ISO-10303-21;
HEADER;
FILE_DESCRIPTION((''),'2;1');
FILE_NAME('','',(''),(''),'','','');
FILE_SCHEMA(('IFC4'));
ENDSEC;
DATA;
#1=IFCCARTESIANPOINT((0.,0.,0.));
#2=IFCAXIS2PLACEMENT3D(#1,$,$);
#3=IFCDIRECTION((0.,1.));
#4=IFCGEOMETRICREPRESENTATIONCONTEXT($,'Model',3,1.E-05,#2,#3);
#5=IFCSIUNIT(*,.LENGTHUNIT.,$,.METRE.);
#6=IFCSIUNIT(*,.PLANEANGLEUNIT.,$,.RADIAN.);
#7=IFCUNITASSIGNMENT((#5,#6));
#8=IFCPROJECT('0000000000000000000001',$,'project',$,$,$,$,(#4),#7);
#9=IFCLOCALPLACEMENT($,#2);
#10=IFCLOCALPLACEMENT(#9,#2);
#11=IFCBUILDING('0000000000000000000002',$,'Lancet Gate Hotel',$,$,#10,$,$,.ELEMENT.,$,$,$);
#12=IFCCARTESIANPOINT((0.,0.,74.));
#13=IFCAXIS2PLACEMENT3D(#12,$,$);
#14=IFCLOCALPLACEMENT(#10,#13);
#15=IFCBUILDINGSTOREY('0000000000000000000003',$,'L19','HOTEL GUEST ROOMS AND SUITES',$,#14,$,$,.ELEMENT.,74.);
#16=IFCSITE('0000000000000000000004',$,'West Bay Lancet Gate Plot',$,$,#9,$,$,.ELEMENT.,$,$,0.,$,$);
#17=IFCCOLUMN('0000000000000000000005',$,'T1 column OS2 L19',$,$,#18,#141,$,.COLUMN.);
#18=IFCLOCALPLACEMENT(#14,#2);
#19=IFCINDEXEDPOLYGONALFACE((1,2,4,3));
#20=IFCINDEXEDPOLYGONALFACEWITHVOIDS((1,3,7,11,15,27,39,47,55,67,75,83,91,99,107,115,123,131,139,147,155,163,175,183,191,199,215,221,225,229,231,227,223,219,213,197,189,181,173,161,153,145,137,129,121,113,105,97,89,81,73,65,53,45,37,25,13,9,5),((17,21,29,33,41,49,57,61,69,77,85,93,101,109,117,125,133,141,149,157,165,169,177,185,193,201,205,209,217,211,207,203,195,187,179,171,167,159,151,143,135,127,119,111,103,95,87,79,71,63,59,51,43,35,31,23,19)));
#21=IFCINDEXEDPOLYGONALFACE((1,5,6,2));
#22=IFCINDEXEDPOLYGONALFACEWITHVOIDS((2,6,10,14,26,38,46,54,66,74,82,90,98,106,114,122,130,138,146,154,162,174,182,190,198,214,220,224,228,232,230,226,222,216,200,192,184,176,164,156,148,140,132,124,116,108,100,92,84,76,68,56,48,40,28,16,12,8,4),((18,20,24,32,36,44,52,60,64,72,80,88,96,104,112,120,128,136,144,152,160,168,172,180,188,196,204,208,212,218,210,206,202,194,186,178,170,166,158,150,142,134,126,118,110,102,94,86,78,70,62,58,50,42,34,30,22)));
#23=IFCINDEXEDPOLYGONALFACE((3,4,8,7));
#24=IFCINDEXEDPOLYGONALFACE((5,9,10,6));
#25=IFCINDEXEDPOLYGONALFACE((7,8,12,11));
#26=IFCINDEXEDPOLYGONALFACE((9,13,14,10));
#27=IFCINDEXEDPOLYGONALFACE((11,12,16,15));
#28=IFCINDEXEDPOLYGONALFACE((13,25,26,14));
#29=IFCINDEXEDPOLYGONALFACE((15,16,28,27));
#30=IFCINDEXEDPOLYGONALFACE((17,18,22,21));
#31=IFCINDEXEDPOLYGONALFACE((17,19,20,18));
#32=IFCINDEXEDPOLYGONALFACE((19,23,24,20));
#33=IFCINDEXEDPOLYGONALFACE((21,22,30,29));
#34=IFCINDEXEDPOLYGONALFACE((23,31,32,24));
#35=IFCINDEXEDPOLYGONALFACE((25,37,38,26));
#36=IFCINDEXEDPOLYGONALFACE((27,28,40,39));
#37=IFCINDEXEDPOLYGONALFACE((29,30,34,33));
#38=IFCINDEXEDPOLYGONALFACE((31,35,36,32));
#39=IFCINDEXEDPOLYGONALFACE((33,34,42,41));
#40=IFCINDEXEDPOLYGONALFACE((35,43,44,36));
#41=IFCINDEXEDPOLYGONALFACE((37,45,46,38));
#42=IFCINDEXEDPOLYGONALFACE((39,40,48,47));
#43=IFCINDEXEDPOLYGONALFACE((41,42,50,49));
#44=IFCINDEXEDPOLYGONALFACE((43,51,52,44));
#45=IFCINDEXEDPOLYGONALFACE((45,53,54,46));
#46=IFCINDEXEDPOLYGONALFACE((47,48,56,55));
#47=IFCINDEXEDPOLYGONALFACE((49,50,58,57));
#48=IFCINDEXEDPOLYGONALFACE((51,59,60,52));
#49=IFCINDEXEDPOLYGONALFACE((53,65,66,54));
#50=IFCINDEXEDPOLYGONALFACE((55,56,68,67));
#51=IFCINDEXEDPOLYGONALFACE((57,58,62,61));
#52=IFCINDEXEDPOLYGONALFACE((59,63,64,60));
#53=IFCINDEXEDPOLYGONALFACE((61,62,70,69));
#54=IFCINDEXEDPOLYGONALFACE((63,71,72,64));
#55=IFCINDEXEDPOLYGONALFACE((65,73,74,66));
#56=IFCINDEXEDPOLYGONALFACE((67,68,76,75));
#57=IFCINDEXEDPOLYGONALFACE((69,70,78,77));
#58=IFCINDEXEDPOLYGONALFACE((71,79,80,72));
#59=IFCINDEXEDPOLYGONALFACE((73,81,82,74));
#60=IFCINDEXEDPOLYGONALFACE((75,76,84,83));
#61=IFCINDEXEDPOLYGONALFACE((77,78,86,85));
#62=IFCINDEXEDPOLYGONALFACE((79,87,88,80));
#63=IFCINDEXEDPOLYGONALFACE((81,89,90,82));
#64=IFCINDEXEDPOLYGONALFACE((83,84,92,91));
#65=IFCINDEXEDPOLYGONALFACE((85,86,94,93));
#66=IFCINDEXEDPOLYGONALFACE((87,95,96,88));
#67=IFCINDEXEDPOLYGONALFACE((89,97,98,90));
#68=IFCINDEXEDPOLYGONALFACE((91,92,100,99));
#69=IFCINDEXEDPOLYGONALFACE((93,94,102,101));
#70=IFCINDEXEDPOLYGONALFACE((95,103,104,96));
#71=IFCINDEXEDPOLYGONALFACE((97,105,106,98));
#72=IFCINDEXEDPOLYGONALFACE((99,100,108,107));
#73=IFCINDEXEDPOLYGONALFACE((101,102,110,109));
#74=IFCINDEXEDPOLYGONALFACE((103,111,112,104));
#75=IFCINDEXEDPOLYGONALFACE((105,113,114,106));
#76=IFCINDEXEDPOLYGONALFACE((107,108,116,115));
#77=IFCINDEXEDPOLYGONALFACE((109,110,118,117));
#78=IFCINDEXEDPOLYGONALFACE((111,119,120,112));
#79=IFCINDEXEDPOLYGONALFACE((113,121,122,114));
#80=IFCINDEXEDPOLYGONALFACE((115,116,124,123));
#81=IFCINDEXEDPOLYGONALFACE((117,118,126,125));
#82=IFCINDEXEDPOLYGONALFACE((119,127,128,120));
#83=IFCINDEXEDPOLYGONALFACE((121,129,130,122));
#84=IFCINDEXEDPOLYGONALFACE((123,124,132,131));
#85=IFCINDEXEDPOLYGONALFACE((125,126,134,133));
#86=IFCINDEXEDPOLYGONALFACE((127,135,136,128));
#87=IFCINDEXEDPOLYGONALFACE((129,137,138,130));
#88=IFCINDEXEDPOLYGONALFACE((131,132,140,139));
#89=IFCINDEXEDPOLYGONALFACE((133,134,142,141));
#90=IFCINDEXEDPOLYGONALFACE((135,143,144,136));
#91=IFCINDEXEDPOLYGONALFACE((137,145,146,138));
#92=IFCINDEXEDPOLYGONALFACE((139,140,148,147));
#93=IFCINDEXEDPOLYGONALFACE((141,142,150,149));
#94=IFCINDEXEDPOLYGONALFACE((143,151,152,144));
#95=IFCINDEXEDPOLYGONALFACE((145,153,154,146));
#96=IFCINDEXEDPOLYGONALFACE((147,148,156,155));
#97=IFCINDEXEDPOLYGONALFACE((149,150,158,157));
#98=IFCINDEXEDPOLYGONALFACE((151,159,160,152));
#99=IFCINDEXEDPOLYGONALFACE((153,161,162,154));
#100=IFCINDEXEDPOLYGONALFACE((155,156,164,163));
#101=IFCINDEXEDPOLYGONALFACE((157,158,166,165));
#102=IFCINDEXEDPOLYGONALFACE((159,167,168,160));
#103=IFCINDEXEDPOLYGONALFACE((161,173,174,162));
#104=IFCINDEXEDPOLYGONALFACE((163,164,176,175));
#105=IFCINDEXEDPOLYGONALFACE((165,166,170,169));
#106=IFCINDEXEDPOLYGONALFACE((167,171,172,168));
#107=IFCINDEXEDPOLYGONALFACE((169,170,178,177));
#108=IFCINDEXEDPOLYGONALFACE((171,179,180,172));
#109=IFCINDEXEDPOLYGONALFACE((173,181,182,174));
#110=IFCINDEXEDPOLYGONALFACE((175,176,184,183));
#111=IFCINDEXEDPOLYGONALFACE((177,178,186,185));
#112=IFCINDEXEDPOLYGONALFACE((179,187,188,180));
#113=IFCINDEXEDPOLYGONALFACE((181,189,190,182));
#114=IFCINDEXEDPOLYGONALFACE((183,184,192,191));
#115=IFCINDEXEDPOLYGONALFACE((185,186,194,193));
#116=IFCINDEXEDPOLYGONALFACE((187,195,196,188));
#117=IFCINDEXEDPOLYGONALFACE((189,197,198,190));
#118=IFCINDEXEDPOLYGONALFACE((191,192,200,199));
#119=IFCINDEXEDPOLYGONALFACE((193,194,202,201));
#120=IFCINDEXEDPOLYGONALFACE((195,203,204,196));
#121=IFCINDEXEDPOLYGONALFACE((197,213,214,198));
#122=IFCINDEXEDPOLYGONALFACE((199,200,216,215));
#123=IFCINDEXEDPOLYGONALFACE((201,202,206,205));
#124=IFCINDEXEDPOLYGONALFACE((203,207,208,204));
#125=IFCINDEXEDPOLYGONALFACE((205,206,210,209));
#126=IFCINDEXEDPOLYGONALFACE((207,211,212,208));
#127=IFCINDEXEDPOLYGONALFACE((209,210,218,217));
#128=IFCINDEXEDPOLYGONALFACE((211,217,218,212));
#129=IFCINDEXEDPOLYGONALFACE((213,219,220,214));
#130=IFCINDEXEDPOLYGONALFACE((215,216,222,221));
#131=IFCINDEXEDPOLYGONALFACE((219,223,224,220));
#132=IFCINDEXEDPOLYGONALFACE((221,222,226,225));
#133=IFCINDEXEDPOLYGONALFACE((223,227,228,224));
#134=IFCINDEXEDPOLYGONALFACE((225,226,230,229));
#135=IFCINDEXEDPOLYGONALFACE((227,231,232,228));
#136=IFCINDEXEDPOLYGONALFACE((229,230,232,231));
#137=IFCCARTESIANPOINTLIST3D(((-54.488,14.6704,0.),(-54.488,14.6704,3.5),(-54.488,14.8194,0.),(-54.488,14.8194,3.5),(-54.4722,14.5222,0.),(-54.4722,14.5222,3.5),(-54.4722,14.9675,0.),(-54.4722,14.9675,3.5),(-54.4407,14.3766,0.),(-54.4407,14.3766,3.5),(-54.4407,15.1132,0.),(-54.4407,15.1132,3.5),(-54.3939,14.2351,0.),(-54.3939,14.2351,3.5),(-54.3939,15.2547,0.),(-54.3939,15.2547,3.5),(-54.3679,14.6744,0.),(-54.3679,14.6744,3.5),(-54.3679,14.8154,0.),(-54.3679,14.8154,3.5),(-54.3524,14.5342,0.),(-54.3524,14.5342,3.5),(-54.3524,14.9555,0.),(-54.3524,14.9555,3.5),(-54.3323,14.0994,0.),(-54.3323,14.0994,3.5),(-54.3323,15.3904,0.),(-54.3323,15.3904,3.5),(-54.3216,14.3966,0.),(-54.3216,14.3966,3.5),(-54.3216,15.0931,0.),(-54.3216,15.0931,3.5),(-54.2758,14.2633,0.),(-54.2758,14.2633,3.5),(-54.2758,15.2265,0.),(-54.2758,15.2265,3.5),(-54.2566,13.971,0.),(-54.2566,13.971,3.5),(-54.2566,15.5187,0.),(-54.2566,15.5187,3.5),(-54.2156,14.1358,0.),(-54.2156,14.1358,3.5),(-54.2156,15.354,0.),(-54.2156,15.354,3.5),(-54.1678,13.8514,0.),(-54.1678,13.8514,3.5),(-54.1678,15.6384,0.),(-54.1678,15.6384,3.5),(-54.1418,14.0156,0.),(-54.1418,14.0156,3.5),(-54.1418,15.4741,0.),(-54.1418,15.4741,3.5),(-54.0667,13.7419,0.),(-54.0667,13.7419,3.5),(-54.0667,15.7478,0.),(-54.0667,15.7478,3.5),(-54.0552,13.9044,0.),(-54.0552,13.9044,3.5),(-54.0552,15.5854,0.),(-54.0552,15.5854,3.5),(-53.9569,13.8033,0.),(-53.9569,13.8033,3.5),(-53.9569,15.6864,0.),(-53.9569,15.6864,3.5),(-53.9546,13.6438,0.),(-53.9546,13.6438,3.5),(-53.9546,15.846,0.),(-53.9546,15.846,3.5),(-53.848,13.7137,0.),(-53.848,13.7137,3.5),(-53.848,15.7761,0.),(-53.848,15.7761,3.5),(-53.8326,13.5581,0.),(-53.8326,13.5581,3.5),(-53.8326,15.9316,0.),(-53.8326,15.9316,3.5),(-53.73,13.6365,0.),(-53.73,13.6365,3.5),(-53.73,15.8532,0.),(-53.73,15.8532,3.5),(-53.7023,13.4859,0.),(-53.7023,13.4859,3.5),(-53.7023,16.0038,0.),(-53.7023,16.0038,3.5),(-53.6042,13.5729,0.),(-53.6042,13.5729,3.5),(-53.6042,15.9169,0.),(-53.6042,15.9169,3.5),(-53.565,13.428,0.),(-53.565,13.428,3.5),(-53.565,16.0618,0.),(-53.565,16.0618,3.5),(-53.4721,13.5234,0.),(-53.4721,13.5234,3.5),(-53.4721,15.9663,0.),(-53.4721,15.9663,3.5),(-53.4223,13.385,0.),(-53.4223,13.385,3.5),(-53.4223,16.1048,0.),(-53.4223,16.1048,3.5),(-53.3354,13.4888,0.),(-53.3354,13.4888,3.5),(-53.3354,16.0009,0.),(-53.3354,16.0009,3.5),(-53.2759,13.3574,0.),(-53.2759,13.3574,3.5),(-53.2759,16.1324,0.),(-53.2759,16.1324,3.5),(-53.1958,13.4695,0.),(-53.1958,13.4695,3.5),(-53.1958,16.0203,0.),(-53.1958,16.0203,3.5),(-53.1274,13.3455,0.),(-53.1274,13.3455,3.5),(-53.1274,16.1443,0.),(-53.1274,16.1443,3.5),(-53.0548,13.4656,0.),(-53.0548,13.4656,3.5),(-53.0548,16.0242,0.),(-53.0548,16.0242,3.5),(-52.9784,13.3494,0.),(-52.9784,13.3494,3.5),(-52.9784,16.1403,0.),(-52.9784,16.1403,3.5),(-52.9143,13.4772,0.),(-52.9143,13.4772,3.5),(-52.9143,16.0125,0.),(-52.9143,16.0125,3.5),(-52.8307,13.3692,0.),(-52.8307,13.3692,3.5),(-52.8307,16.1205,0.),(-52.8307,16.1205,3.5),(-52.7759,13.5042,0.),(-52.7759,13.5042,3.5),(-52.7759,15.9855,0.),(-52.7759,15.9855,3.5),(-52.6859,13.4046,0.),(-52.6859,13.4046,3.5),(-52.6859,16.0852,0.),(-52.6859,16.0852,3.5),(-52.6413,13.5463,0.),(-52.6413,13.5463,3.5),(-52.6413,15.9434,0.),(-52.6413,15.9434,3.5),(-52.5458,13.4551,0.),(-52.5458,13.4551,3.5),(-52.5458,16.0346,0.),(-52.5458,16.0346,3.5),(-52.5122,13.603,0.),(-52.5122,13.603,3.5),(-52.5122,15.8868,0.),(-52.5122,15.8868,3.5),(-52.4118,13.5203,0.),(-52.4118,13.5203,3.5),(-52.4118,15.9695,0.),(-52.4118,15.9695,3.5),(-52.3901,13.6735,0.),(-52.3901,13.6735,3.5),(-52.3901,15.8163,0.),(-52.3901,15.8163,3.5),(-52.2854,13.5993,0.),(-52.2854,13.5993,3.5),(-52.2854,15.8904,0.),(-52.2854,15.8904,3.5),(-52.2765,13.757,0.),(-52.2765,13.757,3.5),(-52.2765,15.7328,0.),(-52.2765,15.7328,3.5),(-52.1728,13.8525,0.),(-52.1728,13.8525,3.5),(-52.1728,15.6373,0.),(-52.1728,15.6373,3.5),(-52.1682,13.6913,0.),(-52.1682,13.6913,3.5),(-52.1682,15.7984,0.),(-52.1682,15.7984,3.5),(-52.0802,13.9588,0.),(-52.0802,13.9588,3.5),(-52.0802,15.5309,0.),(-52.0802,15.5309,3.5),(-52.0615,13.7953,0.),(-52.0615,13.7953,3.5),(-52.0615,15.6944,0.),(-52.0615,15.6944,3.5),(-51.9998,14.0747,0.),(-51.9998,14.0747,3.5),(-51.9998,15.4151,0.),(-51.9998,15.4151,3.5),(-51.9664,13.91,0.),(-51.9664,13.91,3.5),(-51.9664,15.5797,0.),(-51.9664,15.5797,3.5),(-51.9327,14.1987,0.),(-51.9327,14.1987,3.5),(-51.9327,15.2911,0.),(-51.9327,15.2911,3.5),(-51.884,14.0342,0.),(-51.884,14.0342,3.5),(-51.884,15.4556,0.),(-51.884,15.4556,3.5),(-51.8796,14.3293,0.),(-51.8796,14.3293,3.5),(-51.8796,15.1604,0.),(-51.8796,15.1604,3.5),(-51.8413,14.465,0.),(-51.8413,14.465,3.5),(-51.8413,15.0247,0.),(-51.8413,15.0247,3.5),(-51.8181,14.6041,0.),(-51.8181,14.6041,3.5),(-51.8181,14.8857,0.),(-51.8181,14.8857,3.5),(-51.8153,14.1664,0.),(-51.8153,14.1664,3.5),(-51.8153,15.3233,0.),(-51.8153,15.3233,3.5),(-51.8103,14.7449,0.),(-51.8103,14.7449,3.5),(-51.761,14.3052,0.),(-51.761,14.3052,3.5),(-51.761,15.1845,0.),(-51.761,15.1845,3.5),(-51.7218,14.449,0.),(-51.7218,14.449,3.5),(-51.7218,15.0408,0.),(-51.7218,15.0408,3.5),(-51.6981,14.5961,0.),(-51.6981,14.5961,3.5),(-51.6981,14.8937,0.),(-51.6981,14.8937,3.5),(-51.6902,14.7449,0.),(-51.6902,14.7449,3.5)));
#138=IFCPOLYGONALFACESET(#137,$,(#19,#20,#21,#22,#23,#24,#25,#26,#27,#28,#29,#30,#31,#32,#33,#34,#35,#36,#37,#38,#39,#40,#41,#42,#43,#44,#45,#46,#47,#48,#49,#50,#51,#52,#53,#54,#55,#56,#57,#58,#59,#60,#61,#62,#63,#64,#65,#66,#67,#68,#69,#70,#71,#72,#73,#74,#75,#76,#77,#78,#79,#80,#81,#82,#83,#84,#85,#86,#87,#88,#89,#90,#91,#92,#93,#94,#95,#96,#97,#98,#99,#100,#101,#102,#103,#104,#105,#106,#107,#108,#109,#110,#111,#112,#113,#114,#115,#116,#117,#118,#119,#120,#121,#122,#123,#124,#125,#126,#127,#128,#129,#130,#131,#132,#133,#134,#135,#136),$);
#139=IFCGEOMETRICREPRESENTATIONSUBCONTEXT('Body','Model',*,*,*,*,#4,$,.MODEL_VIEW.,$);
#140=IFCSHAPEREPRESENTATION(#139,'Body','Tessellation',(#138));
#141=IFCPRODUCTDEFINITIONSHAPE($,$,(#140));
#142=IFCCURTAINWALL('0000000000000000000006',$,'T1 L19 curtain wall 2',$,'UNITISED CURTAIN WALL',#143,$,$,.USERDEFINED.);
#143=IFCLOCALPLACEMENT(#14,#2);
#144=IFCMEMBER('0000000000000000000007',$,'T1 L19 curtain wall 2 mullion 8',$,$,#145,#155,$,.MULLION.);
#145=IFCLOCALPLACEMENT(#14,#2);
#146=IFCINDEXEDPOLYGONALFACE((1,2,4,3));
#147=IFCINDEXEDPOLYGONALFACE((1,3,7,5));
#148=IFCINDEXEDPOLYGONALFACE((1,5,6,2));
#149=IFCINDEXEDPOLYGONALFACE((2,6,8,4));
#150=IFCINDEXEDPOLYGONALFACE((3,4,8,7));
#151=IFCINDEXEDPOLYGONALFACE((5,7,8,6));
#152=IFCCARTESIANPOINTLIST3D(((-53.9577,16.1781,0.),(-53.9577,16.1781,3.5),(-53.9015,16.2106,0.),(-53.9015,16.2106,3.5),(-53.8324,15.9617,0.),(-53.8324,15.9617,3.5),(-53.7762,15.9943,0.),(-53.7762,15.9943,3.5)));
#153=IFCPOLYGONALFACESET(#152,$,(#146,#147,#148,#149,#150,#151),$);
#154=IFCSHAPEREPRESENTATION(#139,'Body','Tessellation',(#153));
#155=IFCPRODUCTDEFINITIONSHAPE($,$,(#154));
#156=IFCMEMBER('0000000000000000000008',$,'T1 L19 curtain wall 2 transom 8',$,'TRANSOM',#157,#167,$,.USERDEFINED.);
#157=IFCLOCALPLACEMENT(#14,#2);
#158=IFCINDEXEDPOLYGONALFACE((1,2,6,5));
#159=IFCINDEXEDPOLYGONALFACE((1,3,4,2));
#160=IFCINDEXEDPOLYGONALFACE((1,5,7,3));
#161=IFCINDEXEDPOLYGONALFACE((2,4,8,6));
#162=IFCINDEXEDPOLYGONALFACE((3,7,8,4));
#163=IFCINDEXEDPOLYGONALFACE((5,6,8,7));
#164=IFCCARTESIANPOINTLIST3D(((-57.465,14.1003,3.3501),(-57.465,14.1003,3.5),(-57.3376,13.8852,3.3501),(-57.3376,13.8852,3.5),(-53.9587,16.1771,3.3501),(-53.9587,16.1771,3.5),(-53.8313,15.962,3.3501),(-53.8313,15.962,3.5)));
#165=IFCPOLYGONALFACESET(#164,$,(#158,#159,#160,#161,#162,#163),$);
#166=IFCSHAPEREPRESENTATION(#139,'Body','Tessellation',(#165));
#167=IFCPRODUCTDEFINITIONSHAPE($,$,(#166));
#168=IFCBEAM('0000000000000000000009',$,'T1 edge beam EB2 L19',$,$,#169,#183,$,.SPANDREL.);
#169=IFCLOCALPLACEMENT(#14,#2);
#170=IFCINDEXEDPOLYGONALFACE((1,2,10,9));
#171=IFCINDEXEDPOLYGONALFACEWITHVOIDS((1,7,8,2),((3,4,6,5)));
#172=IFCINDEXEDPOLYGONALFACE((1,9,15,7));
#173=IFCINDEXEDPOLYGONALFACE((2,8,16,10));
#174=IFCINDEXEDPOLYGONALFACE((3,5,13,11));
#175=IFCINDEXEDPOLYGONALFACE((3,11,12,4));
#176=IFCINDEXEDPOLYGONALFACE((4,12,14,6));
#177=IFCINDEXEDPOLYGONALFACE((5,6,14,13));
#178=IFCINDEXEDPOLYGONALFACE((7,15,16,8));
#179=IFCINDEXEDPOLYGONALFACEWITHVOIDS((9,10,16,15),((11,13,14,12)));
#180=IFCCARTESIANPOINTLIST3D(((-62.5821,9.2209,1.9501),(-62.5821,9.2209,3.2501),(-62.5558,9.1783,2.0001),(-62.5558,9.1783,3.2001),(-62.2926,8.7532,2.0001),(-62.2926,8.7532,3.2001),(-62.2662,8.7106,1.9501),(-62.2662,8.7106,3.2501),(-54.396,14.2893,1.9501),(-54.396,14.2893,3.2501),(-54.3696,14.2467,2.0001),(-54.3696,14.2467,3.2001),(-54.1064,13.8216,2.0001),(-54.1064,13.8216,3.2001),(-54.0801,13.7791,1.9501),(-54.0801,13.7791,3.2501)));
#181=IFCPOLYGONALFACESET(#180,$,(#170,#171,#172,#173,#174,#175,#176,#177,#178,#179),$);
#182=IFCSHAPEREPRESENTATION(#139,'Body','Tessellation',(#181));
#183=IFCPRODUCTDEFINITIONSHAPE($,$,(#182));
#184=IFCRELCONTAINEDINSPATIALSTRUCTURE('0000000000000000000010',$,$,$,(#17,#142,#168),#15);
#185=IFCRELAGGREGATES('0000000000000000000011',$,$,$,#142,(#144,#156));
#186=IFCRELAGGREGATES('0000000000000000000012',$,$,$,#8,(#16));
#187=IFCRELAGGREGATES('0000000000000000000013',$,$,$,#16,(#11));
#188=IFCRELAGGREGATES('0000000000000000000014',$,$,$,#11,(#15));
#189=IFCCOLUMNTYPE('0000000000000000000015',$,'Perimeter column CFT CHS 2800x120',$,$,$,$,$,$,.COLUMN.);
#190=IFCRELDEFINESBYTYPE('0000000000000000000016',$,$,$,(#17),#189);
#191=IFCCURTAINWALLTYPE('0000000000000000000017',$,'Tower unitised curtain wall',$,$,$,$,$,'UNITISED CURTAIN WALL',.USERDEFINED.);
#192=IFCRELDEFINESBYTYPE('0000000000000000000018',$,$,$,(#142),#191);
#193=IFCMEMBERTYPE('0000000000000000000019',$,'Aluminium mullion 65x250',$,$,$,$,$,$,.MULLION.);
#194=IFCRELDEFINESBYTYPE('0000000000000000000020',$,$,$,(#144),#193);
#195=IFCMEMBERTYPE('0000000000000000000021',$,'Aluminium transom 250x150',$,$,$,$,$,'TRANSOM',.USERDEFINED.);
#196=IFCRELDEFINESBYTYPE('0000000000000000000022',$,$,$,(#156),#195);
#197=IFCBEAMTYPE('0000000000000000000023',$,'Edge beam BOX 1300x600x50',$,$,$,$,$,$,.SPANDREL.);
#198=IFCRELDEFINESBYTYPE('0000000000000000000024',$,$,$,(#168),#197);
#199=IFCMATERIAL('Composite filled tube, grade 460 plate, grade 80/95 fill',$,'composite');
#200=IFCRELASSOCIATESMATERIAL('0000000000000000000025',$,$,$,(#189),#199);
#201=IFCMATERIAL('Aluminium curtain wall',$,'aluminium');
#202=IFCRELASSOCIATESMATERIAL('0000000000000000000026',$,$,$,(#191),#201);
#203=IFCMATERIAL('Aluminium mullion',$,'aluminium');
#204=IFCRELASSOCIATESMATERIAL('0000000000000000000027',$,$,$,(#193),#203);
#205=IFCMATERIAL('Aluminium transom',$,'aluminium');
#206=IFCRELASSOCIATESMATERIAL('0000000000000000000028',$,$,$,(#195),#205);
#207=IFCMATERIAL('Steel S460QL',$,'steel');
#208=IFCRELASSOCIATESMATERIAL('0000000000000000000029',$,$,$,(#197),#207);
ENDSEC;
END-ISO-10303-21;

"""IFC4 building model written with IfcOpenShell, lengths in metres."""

from ifc_helpers import new_model, si_unit, direction, frame, origin, origin_2d, place, context, subcontext, project, spatial, rectangle, hollow_rectangle, hollow_circle, extrude, material, material_profile, profile_set, type_object, element, aggregate, save


model = new_model("IFC4")

# Units and contexts
model_context = context("Model", 3, precision=1e-05, world=origin(), true_north=direction((0.0, 1.0)))
body_context = subcontext(model_context, "Body", "Model", "MODEL_VIEW")
ifc_project = project(units=[si_unit("LENGTHUNIT", "METRE"), si_unit("PLANEANGLEUNIT", "RADIAN")], contexts=[model_context])

# Site, building, storey
site_placement = place(None, origin())
site = spatial("IfcSite", under=ifc_project, at=site_placement, Name="West Bay Lancet Gate Plot", CompositionType="ELEMENT", RefElevation=0.0)
building_placement = place(site_placement, origin())
building = spatial("IfcBuilding", under=site, at=building_placement, Name="Lancet Gate Hotel", CompositionType="ELEMENT")
storey_placement = place(building_placement, frame((0.0, 0.0, 74.0)))
storey = spatial("IfcBuildingStorey", under=building, at=storey_placement, Name="L19", Description="HOTEL GUEST ROOMS AND SUITES", CompositionType="ELEMENT", Elevation=74.0)

# Column
ifc_material_1 = material(Name="Composite filled tube, grade 460 plate, grade 80/95 fill", Category="composite")
ifc_material_profile_1 = material_profile(ifc_material_1, hollow_circle(Radius=1.3999, WallThickness=0.1201, at=origin_2d()), Name="CHS 2800x120")
ifc_profile_set_1 = profile_set([ifc_material_profile_1], Name="Composite filled tube, grade 460 plate, grade 80/95 fill")
column_type = type_object("IfcColumnType", Name="Perimeter column CFT CHS 2800x120", PredefinedType="COLUMN", material=ifc_profile_set_1)
column_placement = place(storey_placement, frame((-53.0901, 14.7449, 0.0), z_axis=(0.0, 0.0, 1.0), x_axis=(1.0, 0.0, 0.0)))
element("IfcColumn", 1, at=column_placement, inside=storey, type_object=column_type, Name="T1 column OS2 L19", PredefinedType="COLUMN", context=body_context, shape_type="SweptSolid", body=[
    extrude(hollow_circle(Radius=1.3999, WallThickness=0.1201, at=origin_2d()), origin(), (0.0, 0.0, 1.0), 3.5),
])

# Curtain wall, members
ifc_material_2 = material(Name="Aluminium curtain wall", Category="aluminium")
curtain_wall_type = type_object("IfcCurtainWallType", Name="Tower unitised curtain wall", ElementType="UNITISED CURTAIN WALL", PredefinedType="USERDEFINED", material=ifc_material_2)
curtain_wall_placement = place(storey_placement, origin())
curtain_wall = element("IfcCurtainWall", 2, at=curtain_wall_placement, inside=storey, type_object=curtain_wall_type, Name="T1 L19 curtain wall 2", ObjectType="UNITISED CURTAIN WALL", PredefinedType="USERDEFINED")
ifc_material_3 = material(Name="Aluminium mullion", Category="aluminium")
ifc_material_profile_2 = material_profile(ifc_material_3, rectangle(XDim=0.0649, YDim=0.25, at=origin_2d()), Name="MULLION 65x250")
ifc_profile_set_2 = profile_set([ifc_material_profile_2], Name="Aluminium mullion")
member_type_1 = type_object("IfcMemberType", Name="Aluminium mullion 65x250", PredefinedType="MULLION", material=ifc_profile_set_2)
member_1_placement = place(storey_placement, frame((-53.8669, 16.0862, 0.0), z_axis=(0.0, 0.0, 1.0), x_axis=(-0.865335, -0.501194, 0.0)))
member_1 = element("IfcMember", 3, at=member_1_placement, type_object=member_type_1, Name="T1 L19 curtain wall 2 mullion 8", PredefinedType="MULLION", context=body_context, shape_type="SweptSolid", body=[
    extrude(rectangle(XDim=0.0649, YDim=0.25, at=origin_2d()), origin(), (0.0, 0.0, 1.0), 3.5),
])
ifc_material_4 = material(Name="Aluminium transom", Category="aluminium")
ifc_material_profile_3 = material_profile(ifc_material_4, rectangle(XDim=0.25, YDim=0.1499, at=origin_2d()), Name="TRANSOM 250x150")
ifc_profile_set_3 = profile_set([ifc_material_profile_3], Name="Aluminium transom")
member_type_2 = type_object("IfcMemberType", Name="Aluminium transom 250x150", ElementType="TRANSOM", PredefinedType="USERDEFINED", material=ifc_profile_set_3)
member_2_placement = place(storey_placement, frame((-53.895, 16.0696, 3.425), z_axis=(-0.860392, -0.509633, 0.0), x_axis=(0.509633, -0.860392, 0.0)))
member_2 = element("IfcMember", 4, at=member_2_placement, type_object=member_type_2, Name="T1 L19 curtain wall 2 transom 8", ObjectType="TRANSOM", PredefinedType="USERDEFINED", context=body_context, shape_type="SweptSolid", body=[
    extrude(rectangle(XDim=0.25, YDim=0.1499, at=origin_2d()), origin(), (0.0, 0.0, 1.0), 4.0752),
])

# Beam
ifc_material_5 = material(Name="Steel S460QL", Category="steel")
ifc_material_profile_4 = material_profile(ifc_material_5, hollow_rectangle(XDim=0.6001, YDim=1.3, WallThickness=0.05, at=origin_2d()), Name="BOX 1300x600x50")
ifc_profile_set_4 = profile_set([ifc_material_profile_4], Name="Steel S460QL")
beam_type_1 = type_object("IfcBeamType", Name="Edge beam BOX 1300x600x50", PredefinedType="SPANDREL", material=ifc_profile_set_4)
beam_1_placement = place(storey_placement, frame((-54.238, 14.0342, 2.6001), z_axis=(-0.850227, -0.526416, 0.0), x_axis=(0.526416, -0.850227, 0.0)))
element("IfcBeam", 5, at=beam_1_placement, inside=storey, type_object=beam_type_1, Name="T1 edge beam EB2 L19", PredefinedType="SPANDREL", context=body_context, shape_type="SweptSolid", body=[
    extrude(hollow_rectangle(XDim=0.6001, YDim=1.3, WallThickness=0.05, at=origin_2d()), origin(), (0.0, 0.0, 1.0), 9.6282),
])

aggregate(curtain_wall, [member_1, member_2])

save(model, "model.ifc")
